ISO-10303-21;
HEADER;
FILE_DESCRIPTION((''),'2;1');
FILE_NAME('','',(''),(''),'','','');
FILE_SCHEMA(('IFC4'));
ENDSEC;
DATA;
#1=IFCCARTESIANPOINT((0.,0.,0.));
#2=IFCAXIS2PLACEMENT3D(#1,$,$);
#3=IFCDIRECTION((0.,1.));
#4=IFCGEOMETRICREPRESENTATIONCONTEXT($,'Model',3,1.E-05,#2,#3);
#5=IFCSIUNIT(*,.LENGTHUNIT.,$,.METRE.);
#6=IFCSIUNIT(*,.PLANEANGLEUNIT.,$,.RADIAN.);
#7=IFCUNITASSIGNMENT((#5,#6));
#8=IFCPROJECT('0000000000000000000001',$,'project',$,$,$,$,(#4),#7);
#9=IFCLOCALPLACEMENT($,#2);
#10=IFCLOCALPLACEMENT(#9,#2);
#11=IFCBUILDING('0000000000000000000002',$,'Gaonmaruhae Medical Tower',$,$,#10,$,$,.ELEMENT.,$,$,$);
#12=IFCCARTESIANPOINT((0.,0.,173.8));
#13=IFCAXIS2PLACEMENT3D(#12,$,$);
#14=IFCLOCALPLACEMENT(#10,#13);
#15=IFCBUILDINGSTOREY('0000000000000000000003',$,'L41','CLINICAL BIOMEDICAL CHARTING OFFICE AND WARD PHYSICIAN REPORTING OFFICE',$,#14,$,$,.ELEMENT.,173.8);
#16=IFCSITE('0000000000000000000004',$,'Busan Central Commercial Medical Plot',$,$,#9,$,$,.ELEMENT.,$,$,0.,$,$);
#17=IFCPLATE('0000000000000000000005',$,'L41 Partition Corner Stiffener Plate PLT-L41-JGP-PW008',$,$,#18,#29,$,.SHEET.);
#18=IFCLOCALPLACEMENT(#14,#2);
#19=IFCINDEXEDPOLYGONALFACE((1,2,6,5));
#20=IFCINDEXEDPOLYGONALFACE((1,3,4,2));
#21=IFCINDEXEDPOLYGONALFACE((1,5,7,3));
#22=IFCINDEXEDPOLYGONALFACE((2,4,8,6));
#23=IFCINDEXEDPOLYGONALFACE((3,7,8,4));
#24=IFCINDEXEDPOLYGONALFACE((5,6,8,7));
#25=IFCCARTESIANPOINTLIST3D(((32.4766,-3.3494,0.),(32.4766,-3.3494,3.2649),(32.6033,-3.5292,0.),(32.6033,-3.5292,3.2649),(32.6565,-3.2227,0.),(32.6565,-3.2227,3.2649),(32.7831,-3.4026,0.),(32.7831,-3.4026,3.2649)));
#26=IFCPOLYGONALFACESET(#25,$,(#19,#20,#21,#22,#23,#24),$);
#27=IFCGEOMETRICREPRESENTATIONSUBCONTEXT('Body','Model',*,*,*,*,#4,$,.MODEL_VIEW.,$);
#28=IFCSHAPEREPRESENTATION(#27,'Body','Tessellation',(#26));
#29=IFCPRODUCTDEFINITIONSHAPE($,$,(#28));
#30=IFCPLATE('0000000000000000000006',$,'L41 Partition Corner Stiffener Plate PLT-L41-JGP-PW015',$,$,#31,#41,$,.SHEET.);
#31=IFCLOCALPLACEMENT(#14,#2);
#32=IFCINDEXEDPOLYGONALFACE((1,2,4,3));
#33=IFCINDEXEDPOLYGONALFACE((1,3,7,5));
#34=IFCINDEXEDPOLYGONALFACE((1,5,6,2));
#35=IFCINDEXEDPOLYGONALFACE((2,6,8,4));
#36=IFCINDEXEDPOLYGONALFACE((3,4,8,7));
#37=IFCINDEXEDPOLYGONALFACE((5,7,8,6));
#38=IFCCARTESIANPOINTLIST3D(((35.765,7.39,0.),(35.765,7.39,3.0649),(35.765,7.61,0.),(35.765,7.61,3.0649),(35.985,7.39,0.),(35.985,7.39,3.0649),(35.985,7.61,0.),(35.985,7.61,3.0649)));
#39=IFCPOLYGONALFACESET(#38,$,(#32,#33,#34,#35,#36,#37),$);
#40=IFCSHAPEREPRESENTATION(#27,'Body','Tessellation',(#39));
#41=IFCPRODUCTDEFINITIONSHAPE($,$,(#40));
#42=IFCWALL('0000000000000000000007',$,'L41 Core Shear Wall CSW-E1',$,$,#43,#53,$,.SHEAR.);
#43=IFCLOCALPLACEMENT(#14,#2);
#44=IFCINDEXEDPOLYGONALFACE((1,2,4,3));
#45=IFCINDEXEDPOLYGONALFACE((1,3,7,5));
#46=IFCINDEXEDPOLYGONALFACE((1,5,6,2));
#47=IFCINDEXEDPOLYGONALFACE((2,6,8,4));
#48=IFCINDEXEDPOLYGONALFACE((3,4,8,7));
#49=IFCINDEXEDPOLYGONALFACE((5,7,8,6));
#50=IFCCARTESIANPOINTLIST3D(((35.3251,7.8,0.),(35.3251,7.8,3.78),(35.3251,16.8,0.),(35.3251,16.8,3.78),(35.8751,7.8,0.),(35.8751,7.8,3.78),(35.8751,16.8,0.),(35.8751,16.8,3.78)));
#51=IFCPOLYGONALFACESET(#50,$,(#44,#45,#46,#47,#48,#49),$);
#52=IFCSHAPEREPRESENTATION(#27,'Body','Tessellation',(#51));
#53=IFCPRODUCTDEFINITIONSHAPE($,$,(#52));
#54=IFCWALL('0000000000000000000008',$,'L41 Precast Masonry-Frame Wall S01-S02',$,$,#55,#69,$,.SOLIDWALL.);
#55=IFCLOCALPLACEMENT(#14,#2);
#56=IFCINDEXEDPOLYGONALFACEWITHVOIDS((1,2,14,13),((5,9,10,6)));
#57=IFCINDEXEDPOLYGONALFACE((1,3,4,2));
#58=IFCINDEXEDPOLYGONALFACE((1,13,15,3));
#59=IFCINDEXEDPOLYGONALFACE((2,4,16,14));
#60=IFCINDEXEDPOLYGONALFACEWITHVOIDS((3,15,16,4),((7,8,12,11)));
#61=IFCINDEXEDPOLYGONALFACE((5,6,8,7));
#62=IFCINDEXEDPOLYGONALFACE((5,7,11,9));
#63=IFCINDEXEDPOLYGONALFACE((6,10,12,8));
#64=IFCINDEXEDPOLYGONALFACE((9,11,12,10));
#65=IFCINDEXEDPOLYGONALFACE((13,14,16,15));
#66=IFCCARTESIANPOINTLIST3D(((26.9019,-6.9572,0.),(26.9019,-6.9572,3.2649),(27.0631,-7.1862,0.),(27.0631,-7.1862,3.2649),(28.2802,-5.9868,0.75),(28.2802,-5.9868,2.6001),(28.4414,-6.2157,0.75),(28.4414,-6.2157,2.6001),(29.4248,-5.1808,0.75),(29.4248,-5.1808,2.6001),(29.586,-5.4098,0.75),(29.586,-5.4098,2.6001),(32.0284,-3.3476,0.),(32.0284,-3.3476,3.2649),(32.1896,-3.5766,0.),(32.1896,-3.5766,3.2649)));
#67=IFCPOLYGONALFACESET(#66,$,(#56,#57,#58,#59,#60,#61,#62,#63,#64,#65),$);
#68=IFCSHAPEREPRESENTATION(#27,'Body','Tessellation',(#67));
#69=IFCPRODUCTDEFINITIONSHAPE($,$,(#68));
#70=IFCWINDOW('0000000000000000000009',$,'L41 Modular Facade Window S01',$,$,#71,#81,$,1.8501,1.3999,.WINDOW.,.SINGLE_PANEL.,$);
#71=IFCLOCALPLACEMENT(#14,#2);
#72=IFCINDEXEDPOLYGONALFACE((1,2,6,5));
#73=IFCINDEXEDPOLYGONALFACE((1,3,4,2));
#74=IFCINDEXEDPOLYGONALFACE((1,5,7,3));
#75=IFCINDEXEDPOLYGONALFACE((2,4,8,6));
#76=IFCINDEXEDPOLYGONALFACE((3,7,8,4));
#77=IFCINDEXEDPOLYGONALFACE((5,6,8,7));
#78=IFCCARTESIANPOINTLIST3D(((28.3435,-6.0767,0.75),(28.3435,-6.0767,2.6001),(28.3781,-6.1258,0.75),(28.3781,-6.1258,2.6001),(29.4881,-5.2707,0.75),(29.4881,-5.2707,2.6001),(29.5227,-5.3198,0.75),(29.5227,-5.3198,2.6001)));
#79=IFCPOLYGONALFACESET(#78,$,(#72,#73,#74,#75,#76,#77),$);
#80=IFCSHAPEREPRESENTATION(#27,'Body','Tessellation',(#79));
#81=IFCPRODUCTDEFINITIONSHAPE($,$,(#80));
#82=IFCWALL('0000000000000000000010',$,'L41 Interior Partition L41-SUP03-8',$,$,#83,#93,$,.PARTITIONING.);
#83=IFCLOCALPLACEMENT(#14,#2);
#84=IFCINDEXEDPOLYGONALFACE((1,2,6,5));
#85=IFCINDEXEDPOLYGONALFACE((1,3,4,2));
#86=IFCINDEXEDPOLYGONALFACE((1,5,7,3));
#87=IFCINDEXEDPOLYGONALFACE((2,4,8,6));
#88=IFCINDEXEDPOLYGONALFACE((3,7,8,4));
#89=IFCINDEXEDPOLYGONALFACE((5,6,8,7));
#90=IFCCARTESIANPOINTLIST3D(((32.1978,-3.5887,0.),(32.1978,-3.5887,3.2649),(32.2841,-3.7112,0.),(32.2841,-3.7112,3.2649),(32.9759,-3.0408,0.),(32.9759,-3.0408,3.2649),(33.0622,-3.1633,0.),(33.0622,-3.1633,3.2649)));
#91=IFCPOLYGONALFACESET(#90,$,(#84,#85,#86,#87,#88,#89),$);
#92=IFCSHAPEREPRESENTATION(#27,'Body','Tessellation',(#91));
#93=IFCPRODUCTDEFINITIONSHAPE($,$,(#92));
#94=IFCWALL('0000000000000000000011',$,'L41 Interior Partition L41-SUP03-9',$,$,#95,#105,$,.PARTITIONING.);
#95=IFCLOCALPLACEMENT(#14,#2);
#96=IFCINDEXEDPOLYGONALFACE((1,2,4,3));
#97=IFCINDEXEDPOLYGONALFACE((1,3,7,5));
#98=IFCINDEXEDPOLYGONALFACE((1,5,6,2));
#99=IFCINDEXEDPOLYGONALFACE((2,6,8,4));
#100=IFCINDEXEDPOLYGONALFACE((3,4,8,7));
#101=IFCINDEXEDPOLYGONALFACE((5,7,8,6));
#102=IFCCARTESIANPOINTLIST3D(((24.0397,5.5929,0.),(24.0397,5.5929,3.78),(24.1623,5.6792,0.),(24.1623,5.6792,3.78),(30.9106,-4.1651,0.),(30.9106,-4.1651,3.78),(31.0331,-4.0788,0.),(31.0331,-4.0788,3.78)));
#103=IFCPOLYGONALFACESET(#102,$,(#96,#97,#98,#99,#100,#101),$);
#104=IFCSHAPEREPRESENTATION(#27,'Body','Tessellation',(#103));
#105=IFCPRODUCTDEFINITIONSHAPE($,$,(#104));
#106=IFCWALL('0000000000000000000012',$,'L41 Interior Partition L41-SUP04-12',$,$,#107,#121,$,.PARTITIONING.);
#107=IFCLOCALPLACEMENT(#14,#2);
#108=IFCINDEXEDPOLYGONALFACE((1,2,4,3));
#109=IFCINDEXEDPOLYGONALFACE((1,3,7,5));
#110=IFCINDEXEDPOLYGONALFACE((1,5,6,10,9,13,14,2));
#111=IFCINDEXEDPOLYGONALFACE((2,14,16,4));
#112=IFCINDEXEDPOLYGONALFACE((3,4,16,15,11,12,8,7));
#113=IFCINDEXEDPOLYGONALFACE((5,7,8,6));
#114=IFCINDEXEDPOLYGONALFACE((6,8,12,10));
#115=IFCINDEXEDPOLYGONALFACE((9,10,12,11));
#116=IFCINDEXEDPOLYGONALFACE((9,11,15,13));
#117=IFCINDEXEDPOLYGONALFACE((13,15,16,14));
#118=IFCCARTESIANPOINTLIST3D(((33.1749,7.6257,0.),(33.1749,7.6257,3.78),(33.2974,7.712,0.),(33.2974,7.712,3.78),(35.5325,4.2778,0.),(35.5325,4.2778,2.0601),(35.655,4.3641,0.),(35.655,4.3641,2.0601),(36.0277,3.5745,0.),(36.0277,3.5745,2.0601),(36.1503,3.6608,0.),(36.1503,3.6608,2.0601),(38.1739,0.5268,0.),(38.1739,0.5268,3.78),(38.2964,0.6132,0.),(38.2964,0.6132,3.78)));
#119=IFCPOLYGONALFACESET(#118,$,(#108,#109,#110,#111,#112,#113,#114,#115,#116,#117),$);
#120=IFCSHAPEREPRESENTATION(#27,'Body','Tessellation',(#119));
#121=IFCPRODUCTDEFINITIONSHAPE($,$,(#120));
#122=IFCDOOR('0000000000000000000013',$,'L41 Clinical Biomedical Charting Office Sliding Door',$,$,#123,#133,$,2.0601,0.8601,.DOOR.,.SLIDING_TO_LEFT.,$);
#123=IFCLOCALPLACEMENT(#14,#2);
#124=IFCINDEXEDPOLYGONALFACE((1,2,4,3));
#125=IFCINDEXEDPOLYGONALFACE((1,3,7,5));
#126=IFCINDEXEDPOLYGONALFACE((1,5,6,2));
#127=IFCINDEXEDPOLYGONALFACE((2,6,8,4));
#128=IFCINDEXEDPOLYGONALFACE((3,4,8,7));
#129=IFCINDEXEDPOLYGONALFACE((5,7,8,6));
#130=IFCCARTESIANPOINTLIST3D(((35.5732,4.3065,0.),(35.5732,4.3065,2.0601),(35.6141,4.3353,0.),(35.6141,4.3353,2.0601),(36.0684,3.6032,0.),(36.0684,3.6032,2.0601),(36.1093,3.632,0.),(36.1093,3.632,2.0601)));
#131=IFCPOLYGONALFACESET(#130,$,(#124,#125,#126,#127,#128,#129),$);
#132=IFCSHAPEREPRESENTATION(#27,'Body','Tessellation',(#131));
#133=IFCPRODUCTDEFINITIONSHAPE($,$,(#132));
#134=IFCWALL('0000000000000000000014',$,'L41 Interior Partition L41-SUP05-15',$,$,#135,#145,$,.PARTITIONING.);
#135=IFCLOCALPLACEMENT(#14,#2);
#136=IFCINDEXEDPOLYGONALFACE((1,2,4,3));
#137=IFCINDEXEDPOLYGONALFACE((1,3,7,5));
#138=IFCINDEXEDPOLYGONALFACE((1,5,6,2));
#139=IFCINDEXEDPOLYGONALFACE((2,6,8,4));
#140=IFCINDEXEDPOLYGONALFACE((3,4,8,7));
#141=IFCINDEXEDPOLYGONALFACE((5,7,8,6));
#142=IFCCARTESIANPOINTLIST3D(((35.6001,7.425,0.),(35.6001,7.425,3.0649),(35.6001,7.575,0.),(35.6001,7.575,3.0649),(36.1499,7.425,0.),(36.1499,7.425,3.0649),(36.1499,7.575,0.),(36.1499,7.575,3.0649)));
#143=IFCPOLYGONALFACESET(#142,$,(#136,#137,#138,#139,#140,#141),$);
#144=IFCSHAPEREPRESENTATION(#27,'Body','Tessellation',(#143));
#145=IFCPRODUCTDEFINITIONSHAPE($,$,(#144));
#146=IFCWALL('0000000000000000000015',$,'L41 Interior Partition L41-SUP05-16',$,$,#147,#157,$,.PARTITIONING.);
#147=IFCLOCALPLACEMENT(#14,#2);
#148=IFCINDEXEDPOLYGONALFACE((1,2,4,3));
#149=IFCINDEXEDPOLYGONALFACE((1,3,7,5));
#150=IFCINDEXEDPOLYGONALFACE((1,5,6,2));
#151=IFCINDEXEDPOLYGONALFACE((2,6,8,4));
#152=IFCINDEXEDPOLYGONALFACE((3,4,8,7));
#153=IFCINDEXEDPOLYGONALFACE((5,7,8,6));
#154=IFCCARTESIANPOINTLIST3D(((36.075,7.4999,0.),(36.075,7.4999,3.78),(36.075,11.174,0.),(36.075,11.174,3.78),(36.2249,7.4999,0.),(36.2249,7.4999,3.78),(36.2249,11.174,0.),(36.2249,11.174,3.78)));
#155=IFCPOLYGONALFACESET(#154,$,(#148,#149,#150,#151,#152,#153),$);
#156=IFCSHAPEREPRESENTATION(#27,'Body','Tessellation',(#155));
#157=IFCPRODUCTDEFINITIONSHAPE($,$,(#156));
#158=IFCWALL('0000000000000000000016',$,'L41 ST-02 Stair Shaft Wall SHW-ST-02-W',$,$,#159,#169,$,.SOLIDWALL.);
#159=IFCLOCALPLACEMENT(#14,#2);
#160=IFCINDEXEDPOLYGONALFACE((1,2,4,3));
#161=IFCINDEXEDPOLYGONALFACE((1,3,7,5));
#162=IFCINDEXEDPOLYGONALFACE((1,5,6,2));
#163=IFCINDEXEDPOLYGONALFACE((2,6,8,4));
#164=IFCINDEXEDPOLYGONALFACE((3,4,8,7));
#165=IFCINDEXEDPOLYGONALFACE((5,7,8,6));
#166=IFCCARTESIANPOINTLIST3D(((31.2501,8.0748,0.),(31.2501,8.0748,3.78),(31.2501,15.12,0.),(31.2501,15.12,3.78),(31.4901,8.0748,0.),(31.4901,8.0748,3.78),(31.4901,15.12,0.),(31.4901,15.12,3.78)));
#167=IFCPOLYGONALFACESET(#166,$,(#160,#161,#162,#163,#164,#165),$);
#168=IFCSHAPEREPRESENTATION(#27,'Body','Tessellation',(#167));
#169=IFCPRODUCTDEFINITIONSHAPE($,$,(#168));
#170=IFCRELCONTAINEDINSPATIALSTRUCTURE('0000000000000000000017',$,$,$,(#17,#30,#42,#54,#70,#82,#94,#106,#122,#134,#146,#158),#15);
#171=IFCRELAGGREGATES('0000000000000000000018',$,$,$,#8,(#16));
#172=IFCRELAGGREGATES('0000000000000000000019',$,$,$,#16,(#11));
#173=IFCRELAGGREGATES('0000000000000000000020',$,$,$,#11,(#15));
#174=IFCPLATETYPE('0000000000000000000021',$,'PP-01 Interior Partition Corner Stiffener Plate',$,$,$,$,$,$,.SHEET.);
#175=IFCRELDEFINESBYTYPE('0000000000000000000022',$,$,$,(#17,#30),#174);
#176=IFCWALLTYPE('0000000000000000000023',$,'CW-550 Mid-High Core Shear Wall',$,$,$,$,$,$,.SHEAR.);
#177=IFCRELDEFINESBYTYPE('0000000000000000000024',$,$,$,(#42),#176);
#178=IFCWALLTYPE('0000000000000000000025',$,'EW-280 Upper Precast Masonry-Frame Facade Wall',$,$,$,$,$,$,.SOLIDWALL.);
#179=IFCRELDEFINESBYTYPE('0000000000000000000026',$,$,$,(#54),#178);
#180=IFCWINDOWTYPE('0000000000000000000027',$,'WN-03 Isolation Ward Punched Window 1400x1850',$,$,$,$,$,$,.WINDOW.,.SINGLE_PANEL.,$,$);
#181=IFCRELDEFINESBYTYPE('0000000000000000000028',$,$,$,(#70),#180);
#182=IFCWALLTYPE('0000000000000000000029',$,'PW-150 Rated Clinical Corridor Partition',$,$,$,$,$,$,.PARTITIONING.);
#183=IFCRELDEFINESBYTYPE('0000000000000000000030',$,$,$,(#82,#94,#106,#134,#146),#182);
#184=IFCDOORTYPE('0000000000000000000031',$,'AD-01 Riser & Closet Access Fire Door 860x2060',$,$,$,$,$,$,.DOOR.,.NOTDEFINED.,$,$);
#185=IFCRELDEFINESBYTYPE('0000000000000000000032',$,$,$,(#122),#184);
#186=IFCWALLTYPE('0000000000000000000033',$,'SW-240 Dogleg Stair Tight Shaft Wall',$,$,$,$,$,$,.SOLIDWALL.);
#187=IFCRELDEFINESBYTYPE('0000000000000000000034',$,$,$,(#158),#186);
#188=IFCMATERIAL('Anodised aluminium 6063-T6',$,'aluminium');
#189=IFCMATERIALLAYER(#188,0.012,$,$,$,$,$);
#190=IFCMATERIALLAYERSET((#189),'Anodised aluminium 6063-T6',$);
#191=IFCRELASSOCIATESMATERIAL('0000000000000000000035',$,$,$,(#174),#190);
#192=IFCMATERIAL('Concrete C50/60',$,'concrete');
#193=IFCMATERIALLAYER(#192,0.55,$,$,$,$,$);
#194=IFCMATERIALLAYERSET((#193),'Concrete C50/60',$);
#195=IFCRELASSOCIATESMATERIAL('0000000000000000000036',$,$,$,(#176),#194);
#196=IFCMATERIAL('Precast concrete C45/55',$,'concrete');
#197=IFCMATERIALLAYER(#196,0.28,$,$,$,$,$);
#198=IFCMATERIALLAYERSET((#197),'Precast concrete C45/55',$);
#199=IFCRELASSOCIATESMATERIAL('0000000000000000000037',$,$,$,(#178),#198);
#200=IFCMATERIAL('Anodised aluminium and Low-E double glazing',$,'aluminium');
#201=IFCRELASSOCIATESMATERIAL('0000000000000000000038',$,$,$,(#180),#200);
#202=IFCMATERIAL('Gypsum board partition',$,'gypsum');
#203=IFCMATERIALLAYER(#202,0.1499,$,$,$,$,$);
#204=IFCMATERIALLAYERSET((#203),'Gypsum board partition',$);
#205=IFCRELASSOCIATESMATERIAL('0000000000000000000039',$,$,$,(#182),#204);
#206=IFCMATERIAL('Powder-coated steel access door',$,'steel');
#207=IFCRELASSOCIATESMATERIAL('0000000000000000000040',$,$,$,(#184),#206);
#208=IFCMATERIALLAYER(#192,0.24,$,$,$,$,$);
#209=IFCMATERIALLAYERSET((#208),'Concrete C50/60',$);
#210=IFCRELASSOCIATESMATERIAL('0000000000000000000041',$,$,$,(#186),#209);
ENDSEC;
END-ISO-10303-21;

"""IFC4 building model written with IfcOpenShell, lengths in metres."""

from ifc_helpers import new_model, si_unit, direction, frame, frame_2d, origin, origin_2d, place, context, subcontext, project, spatial, rectangle, extrude, material, layer, layer_set, type_object, element, fill, save


model = new_model("IFC4")

# Units and contexts
model_context = context("Model", 3, precision=1e-05, world=origin(), true_north=direction((0.0, 1.0)))
body_context = subcontext(model_context, "Body", "Model", "MODEL_VIEW")
ifc_project = project(units=[si_unit("LENGTHUNIT", "METRE"), si_unit("PLANEANGLEUNIT", "RADIAN")], contexts=[model_context])

# Site, building, storey
site_placement = place(None, origin())
site = spatial("IfcSite", under=ifc_project, at=site_placement, Name="Busan Central Commercial Medical Plot", CompositionType="ELEMENT", RefElevation=0.0)
building_placement = place(site_placement, origin())
building = spatial("IfcBuilding", under=site, at=building_placement, Name="Gaonmaruhae Medical Tower", CompositionType="ELEMENT")
storey_placement = place(building_placement, frame((0.0, 0.0, 173.8)))
storey = spatial("IfcBuildingStorey", under=building, at=storey_placement, Name="L41", Description="CLINICAL BIOMEDICAL CHARTING OFFICE AND WARD PHYSICIAN REPORTING OFFICE", CompositionType="ELEMENT", Elevation=173.8)

# Shared definitions
ifc_material_1 = material(Name="Concrete C50/60", Category="concrete")

# Plates
ifc_material_2 = material(Name="Anodised aluminium 6063-T6", Category="aluminium")
ifc_layer_1 = layer(ifc_material_2, 0.012)
ifc_layer_set_1 = layer_set([ifc_layer_1], Name="Anodised aluminium 6063-T6")
plate_type = type_object("IfcPlateType", Name="PP-01 Interior Partition Corner Stiffener Plate", PredefinedType="SHEET", material=ifc_layer_set_1)
plate_1_placement = place(storey_placement, frame((32.6299, -3.376, 0.0), z_axis=(0.0, 0.0, 1.0), x_axis=(-0.817547, -0.575862, 0.0)))
element("IfcPlate", 1, at=plate_1_placement, inside=storey, type_object=plate_type, Name="L41 Partition Corner Stiffener Plate PLT-L41-JGP-PW008", PredefinedType="SHEET", context=body_context, shape_type="SweptSolid", body=[
    extrude(rectangle(XDim=0.22, YDim=0.22, at=origin_2d()), origin(), (0.0, 0.0, 1.0), 3.2649),
])
plate_2_placement = place(storey_placement, frame((35.875, 7.5, 0.0), z_axis=(0.0, 0.0, 1.0), x_axis=(1.0, 0.0, 0.0)))
element("IfcPlate", 2, at=plate_2_placement, inside=storey, type_object=plate_type, Name="L41 Partition Corner Stiffener Plate PLT-L41-JGP-PW015", PredefinedType="SHEET", context=body_context, shape_type="SweptSolid", body=[
    extrude(rectangle(XDim=0.22, YDim=0.22, at=origin_2d()), origin(), (0.0, 0.0, 1.0), 3.0649),
])

# Wall
ifc_layer_2 = layer(ifc_material_1, 0.55)
ifc_layer_set_2 = layer_set([ifc_layer_2], Name="Concrete C50/60")
wall_type_1 = type_object("IfcWallType", Name="CW-550 Mid-High Core Shear Wall", PredefinedType="SHEAR", material=ifc_layer_set_2)
wall_1_placement = place(storey_placement, frame((35.6001, 7.8, 0.0), z_axis=(0.0, 0.0, 1.0), x_axis=(0.0, 1.0, 0.0)))
element("IfcWall", 3, at=wall_1_placement, inside=storey, type_object=wall_type_1, Name="L41 Core Shear Wall CSW-E1", PredefinedType="SHEAR", context=body_context, shape_type="SweptSolid", body=[
    extrude(rectangle(XDim=9.0, YDim=0.55, at=frame_2d((4.5, 0.0))), origin(), (0.0, 0.0, 1.0), 3.78),
])

# Wall, opening, window
ifc_material_3 = material(Name="Precast concrete C45/55", Category="concrete")
ifc_layer_3 = layer(ifc_material_3, 0.28)
ifc_layer_set_3 = layer_set([ifc_layer_3], Name="Precast concrete C45/55")
wall_type_2 = type_object("IfcWallType", Name="EW-280 Upper Precast Masonry-Frame Facade Wall", PredefinedType="SOLIDWALL", material=ifc_layer_set_3)
wall_2_placement = place(storey_placement, frame((32.1089, -3.4622, 0.0), z_axis=(0.0, 0.0, 1.0), x_axis=(-0.817648, -0.575718, 0.0)))
wall_2 = element("IfcWall", 4, at=wall_2_placement, inside=storey, type_object=wall_type_2, Name="L41 Precast Masonry-Frame Wall S01-S02", PredefinedType="SOLIDWALL", context=body_context, shape_type="SweptSolid", body=[
    extrude(rectangle(XDim=6.2698, YDim=0.28, at=frame_2d((3.1348, 0.0))), origin(), (0.0, 0.0, 1.0), 3.2649),
])
opening_1_placement = place(wall_2_placement, frame((3.1841, 0.0, 0.75)))
opening_1 = element("IfcOpeningElement", 5, at=opening_1_placement, cuts=wall_2, PredefinedType="OPENING", context=body_context, shape_type="SweptSolid", body=[
    extrude(rectangle(XDim=1.3999, YDim=1.8501, at=frame_2d((0.7, 0.925))), frame((0.0, 0.1499, 0.0), z_axis=(0.0, -1.0, 0.0), x_axis=(1.0, 0.0, 0.0)), (0.0, 0.0, 1.0), 0.3),
])
ifc_material_4 = material(Name="Anodised aluminium and Low-E double glazing", Category="aluminium")
window_type = type_object("IfcWindowType", Name="WN-03 Isolation Ward Punched Window 1400x1850", PartitioningType="SINGLE_PANEL", PredefinedType="WINDOW", material=ifc_material_4)
window_placement = place(opening_1_placement, origin())
window = element("IfcWindow", 6, at=window_placement, inside=storey, type_object=window_type, Name="L41 Modular Facade Window S01", OverallHeight=1.8501, OverallWidth=1.3999, PartitioningType="SINGLE_PANEL", PredefinedType="WINDOW", context=body_context, shape_type="SweptSolid", body=[
    extrude(rectangle(XDim=1.3999, YDim=1.8501, at=frame_2d((0.7, 0.925))), frame((0.0, 0.03, 0.0), z_axis=(0.0, -1.0, 0.0), x_axis=(1.0, 0.0, 0.0)), (0.0, 0.0, 1.0), 0.0601),
])
fill(opening_1, window)

# Walls
ifc_material_5 = material(Name="Gypsum board partition", Category="gypsum")
ifc_layer_4 = layer(ifc_material_5, 0.1499)
ifc_layer_set_4 = layer_set([ifc_layer_4], Name="Gypsum board partition")
wall_type_3 = type_object("IfcWallType", Name="PW-150 Rated Clinical Corridor Partition", PredefinedType="PARTITIONING", material=ifc_layer_set_4)
wall_3_placement = place(storey_placement, frame((33.019, -3.1021, 0.0), z_axis=(0.0, 0.0, 1.0), x_axis=(-0.81765, -0.575716, 0.0)))
element("IfcWall", 7, at=wall_3_placement, inside=storey, type_object=wall_type_3, Name="L41 Interior Partition L41-SUP03-8", PredefinedType="PARTITIONING", context=body_context, shape_type="SweptSolid", body=[
    extrude(rectangle(XDim=0.9517, YDim=0.1499, at=frame_2d((0.4758, 0.0))), origin(), (0.0, 0.0, 1.0), 3.2649),
])
wall_4_placement = place(storey_placement, frame((30.9719, -4.1221, 0.0), z_axis=(0.0, 0.0, 1.0), x_axis=(-0.575721, 0.817646, 0.0)))
element("IfcWall", 8, at=wall_4_placement, inside=storey, type_object=wall_type_3, Name="L41 Interior Partition L41-SUP03-9", PredefinedType="PARTITIONING", context=body_context, shape_type="SweptSolid", body=[
    extrude(rectangle(XDim=11.9343, YDim=0.1499, at=frame_2d((5.9673, 0.0))), origin(), (0.0, 0.0, 1.0), 3.78),
])

# Wall, opening, door
wall_5_placement = place(storey_placement, frame((33.2361, 7.6689, 0.0), z_axis=(0.0, 0.0, 1.0), x_axis=(0.575764, -0.817616, 0.0)))
wall_5 = element("IfcWall", 9, at=wall_5_placement, inside=storey, type_object=wall_type_3, Name="L41 Interior Partition L41-SUP04-12", PredefinedType="PARTITIONING", context=body_context, shape_type="SweptSolid", body=[
    extrude(rectangle(XDim=8.6824, YDim=0.1499, at=frame_2d((4.3413, 0.0))), origin(), (0.0, 0.0, 1.0), 3.78),
])
opening_2_placement = place(wall_5_placement, frame((4.0947, 0.0, 0.0)))
opening_2 = element("IfcOpeningElement", 10, at=opening_2_placement, cuts=wall_5, PredefinedType="OPENING", context=body_context, shape_type="SweptSolid", body=[
    extrude(rectangle(XDim=0.8601, YDim=2.0601, at=frame_2d((0.4302, 1.03))), frame((0.0, 0.085, 0.0), z_axis=(0.0, -1.0, 0.0), x_axis=(1.0, 0.0, 0.0)), (0.0, 0.0, 1.0), 0.1699),
])
ifc_material_6 = material(Name="Powder-coated steel access door", Category="steel")
door_type = type_object("IfcDoorType", Name="AD-01 Riser & Closet Access Fire Door 860x2060", OperationType="NOTDEFINED", PredefinedType="DOOR", material=ifc_material_6)
door_placement = place(opening_2_placement, origin())
door = element("IfcDoor", 11, at=door_placement, inside=storey, type_object=door_type, Name="L41 Clinical Biomedical Charting Office Sliding Door", OperationType="SLIDING_TO_LEFT", OverallHeight=2.0601, OverallWidth=0.8601, PredefinedType="DOOR", context=body_context, shape_type="SweptSolid", body=[
    extrude(rectangle(XDim=0.8601, YDim=2.0601, at=frame_2d((0.4302, 1.03))), frame((0.0, 0.0249, 0.0), z_axis=(0.0, -1.0, 0.0), x_axis=(1.0, 0.0, 0.0)), (0.0, 0.0, 1.0), 0.05),
])
fill(opening_2, door)

# Walls
wall_6_placement = place(storey_placement, frame((35.6001, 7.5, 0.0), z_axis=(0.0, 0.0, 1.0), x_axis=(1.0, 0.0, 0.0)))
element("IfcWall", 12, at=wall_6_placement, inside=storey, type_object=wall_type_3, Name="L41 Interior Partition L41-SUP05-15", PredefinedType="PARTITIONING", context=body_context, shape_type="SweptSolid", body=[
    extrude(rectangle(XDim=0.5498, YDim=0.1499, at=frame_2d((0.2749, 0.0))), origin(), (0.0, 0.0, 1.0), 3.0649),
])
wall_7_placement = place(storey_placement, frame((36.1499, 7.5, 0.0), z_axis=(0.0, 0.0, 1.0), x_axis=(0.0, 1.0, 0.0)))
element("IfcWall", 13, at=wall_7_placement, inside=storey, type_object=wall_type_3, Name="L41 Interior Partition L41-SUP05-16", PredefinedType="PARTITIONING", context=body_context, shape_type="SweptSolid", body=[
    extrude(rectangle(XDim=3.6741, YDim=0.1499, at=frame_2d((1.8369, 0.0))), origin(), (0.0, 0.0, 1.0), 3.78),
])
ifc_layer_5 = layer(ifc_material_1, 0.24)
ifc_layer_set_5 = layer_set([ifc_layer_5], Name="Concrete C50/60")
wall_type_4 = type_object("IfcWallType", Name="SW-240 Dogleg Stair Tight Shaft Wall", PredefinedType="SOLIDWALL", material=ifc_layer_set_5)
wall_8_placement = place(storey_placement, frame((31.3701, 8.075, 0.0), z_axis=(0.0, 0.0, 1.0), x_axis=(0.0, 1.0, 0.0)))
element("IfcWall", 14, at=wall_8_placement, inside=storey, type_object=wall_type_4, Name="L41 ST-02 Stair Shaft Wall SHW-ST-02-W", PredefinedType="SOLIDWALL", context=body_context, shape_type="SweptSolid", body=[
    extrude(rectangle(XDim=7.0452, YDim=0.24, at=frame_2d((3.5225, 0.0))), origin(), (0.0, 0.0, 1.0), 3.78),
])

save(model, "model.ifc")
